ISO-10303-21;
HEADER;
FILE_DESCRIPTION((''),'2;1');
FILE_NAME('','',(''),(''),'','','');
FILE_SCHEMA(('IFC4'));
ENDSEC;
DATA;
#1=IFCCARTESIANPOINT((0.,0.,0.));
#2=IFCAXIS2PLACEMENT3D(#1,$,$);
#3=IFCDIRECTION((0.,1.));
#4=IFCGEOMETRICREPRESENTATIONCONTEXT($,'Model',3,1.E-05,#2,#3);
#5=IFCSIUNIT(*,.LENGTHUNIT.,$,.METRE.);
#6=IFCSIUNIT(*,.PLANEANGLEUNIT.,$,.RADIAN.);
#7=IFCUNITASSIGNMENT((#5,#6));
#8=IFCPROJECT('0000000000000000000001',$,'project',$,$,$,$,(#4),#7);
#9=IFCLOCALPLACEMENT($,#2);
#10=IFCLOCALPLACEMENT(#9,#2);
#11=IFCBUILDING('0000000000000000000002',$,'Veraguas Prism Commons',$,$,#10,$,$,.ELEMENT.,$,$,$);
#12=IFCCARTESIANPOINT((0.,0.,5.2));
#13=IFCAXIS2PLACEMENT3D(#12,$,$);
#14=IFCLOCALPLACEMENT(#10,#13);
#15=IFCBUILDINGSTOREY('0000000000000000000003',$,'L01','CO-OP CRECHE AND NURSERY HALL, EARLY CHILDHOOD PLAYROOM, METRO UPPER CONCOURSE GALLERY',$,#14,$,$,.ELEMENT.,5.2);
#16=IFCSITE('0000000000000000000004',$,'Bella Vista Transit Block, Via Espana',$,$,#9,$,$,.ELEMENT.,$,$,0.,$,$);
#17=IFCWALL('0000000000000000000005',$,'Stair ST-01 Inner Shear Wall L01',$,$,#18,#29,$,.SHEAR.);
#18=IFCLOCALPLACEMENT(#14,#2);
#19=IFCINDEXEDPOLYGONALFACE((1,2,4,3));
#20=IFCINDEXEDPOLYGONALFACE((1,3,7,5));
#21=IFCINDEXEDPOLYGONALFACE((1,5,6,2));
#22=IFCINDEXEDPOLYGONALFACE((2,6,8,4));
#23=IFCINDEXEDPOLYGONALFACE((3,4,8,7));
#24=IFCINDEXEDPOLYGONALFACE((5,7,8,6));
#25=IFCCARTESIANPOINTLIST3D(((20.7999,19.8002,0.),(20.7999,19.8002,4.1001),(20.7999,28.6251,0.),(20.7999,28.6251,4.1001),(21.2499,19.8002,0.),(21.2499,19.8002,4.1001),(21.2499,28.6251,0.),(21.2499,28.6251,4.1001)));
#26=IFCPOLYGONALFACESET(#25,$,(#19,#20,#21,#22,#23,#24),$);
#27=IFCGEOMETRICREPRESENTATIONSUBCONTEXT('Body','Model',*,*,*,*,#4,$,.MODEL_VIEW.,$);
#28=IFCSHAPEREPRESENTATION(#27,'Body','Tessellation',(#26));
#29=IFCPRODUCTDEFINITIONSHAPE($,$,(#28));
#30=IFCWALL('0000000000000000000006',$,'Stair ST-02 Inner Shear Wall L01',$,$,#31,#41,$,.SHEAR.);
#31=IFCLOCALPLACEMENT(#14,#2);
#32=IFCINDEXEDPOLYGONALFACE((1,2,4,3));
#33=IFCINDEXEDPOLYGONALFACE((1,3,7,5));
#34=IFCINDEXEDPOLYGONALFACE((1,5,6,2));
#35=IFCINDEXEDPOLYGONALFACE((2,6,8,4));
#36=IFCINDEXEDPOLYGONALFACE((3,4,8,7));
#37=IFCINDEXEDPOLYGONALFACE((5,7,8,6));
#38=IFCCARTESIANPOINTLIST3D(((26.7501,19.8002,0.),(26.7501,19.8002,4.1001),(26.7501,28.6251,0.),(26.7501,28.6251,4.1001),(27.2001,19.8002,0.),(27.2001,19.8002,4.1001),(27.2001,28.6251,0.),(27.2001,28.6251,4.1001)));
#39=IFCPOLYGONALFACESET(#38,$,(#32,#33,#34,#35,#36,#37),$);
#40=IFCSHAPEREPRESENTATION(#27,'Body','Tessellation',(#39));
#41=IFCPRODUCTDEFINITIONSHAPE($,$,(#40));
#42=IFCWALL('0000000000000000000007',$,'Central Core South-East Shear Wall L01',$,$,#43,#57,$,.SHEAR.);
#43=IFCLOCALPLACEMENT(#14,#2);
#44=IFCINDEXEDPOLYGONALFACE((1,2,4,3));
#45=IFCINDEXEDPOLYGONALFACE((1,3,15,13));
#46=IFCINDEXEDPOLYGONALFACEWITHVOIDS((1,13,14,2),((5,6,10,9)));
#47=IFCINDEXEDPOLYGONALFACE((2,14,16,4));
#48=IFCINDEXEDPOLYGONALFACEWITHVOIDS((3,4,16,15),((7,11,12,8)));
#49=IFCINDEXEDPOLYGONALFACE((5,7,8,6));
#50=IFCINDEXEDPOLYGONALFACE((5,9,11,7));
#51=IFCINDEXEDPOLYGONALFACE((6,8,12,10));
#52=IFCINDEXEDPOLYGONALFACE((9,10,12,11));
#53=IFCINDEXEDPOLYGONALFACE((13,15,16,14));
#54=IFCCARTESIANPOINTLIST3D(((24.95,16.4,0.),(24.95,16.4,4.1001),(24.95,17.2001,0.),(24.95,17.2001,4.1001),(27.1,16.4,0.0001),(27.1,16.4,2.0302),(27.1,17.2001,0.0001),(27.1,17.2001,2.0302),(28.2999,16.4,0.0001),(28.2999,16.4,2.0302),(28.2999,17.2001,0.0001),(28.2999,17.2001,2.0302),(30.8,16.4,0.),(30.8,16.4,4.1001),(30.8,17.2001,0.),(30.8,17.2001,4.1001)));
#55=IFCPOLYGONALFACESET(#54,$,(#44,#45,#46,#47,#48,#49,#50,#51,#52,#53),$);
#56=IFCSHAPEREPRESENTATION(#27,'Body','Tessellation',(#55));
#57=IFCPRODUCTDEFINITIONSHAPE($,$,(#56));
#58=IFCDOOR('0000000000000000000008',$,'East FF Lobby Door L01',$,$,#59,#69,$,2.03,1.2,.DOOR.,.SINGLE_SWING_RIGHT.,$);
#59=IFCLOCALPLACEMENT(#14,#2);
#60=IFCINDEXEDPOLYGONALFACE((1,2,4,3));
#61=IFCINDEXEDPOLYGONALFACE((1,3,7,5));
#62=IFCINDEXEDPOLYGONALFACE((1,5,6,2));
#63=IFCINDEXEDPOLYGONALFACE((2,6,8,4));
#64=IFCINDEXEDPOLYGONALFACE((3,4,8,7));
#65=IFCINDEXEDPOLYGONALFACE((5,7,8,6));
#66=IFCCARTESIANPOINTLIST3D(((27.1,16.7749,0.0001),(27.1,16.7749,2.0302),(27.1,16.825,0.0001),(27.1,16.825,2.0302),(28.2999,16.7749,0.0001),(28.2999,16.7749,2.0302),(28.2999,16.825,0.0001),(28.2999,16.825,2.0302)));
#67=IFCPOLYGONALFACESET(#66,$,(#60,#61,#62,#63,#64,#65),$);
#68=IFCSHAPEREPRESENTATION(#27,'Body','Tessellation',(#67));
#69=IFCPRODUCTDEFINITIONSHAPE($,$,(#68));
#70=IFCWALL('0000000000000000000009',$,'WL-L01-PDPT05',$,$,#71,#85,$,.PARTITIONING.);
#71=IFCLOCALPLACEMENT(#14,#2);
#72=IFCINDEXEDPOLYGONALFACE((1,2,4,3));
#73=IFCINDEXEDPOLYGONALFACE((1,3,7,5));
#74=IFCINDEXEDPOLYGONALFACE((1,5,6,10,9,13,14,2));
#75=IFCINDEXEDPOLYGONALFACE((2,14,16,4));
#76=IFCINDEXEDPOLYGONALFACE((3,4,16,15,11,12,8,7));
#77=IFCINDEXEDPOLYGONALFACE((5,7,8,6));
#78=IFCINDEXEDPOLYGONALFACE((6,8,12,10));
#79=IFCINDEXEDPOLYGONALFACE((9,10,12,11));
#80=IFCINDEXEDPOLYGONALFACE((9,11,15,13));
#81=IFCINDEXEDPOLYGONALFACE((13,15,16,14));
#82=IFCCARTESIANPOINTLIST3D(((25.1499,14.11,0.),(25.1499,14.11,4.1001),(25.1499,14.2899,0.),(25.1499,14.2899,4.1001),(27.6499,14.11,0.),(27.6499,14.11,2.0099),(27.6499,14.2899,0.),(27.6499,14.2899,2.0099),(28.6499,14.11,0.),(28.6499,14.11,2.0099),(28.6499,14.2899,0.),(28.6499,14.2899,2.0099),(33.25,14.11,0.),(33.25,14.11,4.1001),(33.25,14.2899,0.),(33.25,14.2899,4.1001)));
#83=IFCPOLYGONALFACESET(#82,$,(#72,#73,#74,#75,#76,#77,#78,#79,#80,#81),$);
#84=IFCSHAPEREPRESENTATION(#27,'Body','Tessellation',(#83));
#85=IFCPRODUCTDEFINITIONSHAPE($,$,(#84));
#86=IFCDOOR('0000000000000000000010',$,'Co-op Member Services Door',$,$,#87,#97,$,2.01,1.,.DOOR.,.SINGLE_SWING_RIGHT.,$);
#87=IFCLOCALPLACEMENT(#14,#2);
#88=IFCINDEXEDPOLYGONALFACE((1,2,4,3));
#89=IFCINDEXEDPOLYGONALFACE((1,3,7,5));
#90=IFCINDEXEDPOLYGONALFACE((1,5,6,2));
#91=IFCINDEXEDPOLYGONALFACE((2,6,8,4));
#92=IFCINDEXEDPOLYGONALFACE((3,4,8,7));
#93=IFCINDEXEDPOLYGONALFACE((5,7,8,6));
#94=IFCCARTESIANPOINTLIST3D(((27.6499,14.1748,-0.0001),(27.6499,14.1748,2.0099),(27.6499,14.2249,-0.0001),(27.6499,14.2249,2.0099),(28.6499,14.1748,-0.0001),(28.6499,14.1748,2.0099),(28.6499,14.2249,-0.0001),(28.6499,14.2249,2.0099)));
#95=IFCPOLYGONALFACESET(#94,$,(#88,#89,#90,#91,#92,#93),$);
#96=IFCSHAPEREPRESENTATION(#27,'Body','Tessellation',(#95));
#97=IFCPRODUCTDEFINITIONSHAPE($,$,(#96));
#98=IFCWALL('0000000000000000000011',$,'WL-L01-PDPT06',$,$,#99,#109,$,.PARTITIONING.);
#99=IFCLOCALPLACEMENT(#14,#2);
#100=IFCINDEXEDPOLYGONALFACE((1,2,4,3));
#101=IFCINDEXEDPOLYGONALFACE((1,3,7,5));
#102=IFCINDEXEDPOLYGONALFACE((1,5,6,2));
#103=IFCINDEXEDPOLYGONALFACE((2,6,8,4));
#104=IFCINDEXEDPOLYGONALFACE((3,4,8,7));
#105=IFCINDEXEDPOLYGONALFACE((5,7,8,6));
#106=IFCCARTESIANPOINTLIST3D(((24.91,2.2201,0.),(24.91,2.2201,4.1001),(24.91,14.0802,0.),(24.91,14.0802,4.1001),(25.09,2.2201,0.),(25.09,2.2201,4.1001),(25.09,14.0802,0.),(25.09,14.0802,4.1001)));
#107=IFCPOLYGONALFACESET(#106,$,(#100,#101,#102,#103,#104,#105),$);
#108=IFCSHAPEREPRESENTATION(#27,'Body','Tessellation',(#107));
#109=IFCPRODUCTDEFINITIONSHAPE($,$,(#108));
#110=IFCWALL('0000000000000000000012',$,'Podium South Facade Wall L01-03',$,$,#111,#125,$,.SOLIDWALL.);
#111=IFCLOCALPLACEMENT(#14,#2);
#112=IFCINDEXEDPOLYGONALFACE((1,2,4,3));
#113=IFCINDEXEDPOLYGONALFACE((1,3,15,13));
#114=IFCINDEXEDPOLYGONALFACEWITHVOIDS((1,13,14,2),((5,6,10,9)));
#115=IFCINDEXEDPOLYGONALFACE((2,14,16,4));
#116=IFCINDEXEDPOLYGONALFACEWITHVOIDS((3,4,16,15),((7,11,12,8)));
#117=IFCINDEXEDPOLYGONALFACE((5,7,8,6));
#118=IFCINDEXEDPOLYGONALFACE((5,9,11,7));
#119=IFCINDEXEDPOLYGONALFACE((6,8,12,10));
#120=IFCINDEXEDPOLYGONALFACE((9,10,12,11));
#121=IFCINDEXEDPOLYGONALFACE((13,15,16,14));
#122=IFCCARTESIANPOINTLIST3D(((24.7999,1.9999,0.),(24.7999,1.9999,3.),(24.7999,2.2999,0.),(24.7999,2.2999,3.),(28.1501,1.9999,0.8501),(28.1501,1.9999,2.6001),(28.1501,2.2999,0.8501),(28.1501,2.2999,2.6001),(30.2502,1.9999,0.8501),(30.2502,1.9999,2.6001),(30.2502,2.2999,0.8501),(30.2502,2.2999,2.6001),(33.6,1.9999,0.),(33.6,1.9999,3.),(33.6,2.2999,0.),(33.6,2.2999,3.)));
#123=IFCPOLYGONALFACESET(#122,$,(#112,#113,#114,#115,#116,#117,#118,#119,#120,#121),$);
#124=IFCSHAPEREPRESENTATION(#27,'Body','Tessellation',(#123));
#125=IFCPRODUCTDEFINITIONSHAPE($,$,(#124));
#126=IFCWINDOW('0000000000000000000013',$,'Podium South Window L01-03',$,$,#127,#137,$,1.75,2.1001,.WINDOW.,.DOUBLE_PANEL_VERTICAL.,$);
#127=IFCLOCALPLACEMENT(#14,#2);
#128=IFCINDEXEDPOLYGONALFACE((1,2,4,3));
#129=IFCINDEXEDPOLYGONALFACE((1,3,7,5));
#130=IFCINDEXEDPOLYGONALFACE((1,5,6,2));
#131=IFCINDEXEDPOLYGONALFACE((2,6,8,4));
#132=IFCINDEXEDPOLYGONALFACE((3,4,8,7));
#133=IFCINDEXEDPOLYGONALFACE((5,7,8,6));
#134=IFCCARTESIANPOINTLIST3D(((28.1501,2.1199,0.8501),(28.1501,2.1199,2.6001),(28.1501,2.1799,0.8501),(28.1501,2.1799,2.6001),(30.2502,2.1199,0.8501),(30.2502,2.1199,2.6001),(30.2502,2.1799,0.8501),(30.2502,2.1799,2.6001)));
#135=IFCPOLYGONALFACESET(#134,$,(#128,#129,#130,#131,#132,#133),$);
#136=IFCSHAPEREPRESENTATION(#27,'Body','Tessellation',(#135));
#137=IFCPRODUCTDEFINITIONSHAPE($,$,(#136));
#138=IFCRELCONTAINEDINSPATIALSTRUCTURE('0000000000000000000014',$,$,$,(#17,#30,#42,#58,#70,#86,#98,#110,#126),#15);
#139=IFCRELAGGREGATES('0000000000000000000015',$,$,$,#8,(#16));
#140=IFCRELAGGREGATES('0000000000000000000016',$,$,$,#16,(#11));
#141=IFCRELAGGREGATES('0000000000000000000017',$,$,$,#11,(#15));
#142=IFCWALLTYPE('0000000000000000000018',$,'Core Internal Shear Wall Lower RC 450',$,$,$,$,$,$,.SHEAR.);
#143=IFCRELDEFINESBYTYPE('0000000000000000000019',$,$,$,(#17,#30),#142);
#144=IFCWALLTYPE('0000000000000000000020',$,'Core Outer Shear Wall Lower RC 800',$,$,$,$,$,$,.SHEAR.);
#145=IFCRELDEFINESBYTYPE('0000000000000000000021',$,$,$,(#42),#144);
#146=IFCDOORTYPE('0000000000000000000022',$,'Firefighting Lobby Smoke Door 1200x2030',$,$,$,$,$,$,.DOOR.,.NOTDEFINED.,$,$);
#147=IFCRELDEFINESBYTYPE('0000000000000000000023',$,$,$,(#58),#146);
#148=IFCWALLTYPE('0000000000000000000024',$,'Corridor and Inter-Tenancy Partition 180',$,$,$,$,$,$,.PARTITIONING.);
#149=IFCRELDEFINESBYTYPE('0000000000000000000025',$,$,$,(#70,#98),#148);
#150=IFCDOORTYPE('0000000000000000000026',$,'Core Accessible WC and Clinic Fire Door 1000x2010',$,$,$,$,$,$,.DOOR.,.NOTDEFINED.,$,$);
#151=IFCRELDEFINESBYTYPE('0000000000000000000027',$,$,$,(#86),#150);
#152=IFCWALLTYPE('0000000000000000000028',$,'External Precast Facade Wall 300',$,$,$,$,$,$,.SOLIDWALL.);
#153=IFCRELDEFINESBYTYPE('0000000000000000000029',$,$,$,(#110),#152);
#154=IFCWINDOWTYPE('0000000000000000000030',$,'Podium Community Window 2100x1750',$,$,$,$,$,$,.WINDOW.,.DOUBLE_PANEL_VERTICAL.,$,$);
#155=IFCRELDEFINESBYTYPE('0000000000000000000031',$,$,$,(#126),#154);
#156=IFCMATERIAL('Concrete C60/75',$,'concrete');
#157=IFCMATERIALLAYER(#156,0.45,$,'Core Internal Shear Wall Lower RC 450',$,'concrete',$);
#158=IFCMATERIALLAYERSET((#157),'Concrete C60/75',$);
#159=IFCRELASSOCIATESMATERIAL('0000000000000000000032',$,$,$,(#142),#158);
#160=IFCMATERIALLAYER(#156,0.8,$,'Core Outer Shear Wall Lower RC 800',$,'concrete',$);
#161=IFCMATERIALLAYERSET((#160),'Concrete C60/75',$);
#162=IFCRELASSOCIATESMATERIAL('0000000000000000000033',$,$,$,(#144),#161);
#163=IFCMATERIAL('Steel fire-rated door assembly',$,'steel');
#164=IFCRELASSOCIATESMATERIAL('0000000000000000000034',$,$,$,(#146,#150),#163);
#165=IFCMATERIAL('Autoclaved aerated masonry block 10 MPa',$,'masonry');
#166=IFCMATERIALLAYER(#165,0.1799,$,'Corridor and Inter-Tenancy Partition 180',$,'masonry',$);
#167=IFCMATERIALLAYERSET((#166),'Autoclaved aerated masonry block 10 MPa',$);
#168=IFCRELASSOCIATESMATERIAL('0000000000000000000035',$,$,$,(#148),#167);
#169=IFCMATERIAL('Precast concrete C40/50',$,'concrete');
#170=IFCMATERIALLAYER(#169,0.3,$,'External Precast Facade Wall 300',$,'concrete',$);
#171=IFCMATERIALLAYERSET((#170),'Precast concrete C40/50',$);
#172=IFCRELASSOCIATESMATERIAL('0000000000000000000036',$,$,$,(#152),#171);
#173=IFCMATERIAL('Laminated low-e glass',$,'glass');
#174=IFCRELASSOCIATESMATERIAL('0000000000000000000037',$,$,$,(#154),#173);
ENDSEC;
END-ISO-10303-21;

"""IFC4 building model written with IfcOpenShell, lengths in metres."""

from ifc_helpers import new_model, si_unit, direction, frame, frame_2d, origin, place, context, subcontext, project, spatial, rectangle, extrude, source, transform, mapped, material, layer, layer_set, type_object, element, fill, save


model = new_model("IFC4")

# Units and contexts
model_context = context("Model", 3, precision=1e-05, world=origin(), true_north=direction((0.0, 1.0)))
body_context = subcontext(model_context, "Body", "Model", "MODEL_VIEW")
ifc_project = project(units=[si_unit("LENGTHUNIT", "METRE"), si_unit("PLANEANGLEUNIT", "RADIAN")], contexts=[model_context])

# Site, building, storey
site_placement = place(None, origin())
site = spatial("IfcSite", under=ifc_project, at=site_placement, Name="Bella Vista Transit Block, Via Espana", CompositionType="ELEMENT", RefElevation=0.0)
building_placement = place(site_placement, origin())
building = spatial("IfcBuilding", under=site, at=building_placement, Name="Veraguas Prism Commons", CompositionType="ELEMENT")
storey_placement = place(building_placement, frame((0.0, 0.0, 5.2)))
storey = spatial("IfcBuildingStorey", under=building, at=storey_placement, Name="L01", Description="CO-OP CRECHE AND NURSERY HALL, EARLY CHILDHOOD PLAYROOM, METRO UPPER CONCOURSE GALLERY", CompositionType="ELEMENT", Elevation=5.2)

# Shared definitions
ifc_material_1 = material(Name="Concrete C60/75", Category="concrete")

# Shared definitions
ifc_layer_1 = layer(ifc_material_1, 0.45, Name="Core Internal Shear Wall Lower RC 450", Category="concrete")
ifc_layer_set_1 = layer_set([ifc_layer_1], Name="Concrete C60/75")
wall_type_1 = type_object("IfcWallType", Name="Core Internal Shear Wall Lower RC 450", PredefinedType="SHEAR", material=ifc_layer_set_1)
ifc_material_2 = material(Name="Steel fire-rated door assembly", Category="steel")

# Walls
for number, where, z_axis, x_axis, name in (
    (1, (21.0249, 19.8, 0.0), (0.0, 0.0, 1.0), (0.0, 1.0, 0.0), "Stair ST-01 Inner Shear Wall L01"),
    (2, (26.9751, 19.8, 0.0), (0.0, 0.0, 1.0), (0.0, 1.0, 0.0), "Stair ST-02 Inner Shear Wall L01"),
):
    element("IfcWall", number, at=place(storey_placement, frame(where, z_axis=z_axis, x_axis=x_axis)), inside=storey, type_object=wall_type_1, Name=name, PredefinedType="SHEAR", context=body_context, shape_type="SweptSolid", body=[
        extrude(rectangle(XDim=8.825, YDim=0.45, at=frame_2d((4.4126, 0.0))), origin(), (0.0, 0.0, 1.0), 4.1001),
    ])

# Walls, openings, doors
ifc_layer_2 = layer(ifc_material_1, 0.8, Name="Core Outer Shear Wall Lower RC 800", Category="concrete")
ifc_layer_set_2 = layer_set([ifc_layer_2], Name="Concrete C60/75")
wall_type_2 = type_object("IfcWallType", Name="Core Outer Shear Wall Lower RC 800", PredefinedType="SHEAR", material=ifc_layer_set_2)
wall_1_placement = place(storey_placement, frame((24.95, 16.8, 0.0), z_axis=(0.0, 0.0, 1.0), x_axis=(1.0, 0.0, 0.0)))
wall_1 = element("IfcWall", 3, at=wall_1_placement, inside=storey, type_object=wall_type_2, Name="Central Core South-East Shear Wall L01", PredefinedType="SHEAR", context=body_context, shape_type="SweptSolid", body=[
    extrude(rectangle(XDim=5.8501, YDim=0.8, at=frame_2d((2.925, 0.0))), origin(), (0.0, 0.0, 1.0), 4.1001),
])
opening_1_placement = place(wall_1_placement, frame((2.1499, 0.0, 0.0)))
opening_1 = element("IfcOpeningElement", 4, at=opening_1_placement, cuts=wall_1, PredefinedType="OPENING", context=body_context, shape_type="SweptSolid", body=[
    extrude(rectangle(XDim=1.2, YDim=2.03, at=frame_2d((0.6001, 1.0151))), frame((0.0, 0.4099, 0.0), z_axis=(0.0, -1.0, 0.0), x_axis=(1.0, 0.0, 0.0)), (0.0, 0.0, 1.0), 0.8201),
])
door_type_1 = type_object("IfcDoorType", Name="Firefighting Lobby Smoke Door 1200x2030", OperationType="NOTDEFINED", PredefinedType="DOOR", material=ifc_material_2)
shared_shape_1 = source(origin(), body_context, "Body", "SweptSolid", [
    extrude(rectangle(XDim=1.2, YDim=2.03, at=frame_2d((0.6001, 1.0151))), frame((0.0, 0.0249, 0.0), z_axis=(0.0, -1.0, 0.0), x_axis=(1.0, 0.0, 0.0)), (0.0, 0.0, 1.0), 0.05),
])
door_1_placement = place(opening_1_placement, origin())
door_1 = element("IfcDoor", 5, at=door_1_placement, inside=storey, type_object=door_type_1, Name="East FF Lobby Door L01", OperationType="SINGLE_SWING_RIGHT", OverallHeight=2.03, OverallWidth=1.2, PredefinedType="DOOR", context=body_context, shape_type="MappedRepresentation", body=[
    mapped(shared_shape_1, transform((0.0, 0.0, 0.0), scale=1.0)),
])
fill(opening_1, door_1)
ifc_material_3 = material(Name="Autoclaved aerated masonry block 10 MPa", Category="masonry")
ifc_layer_3 = layer(ifc_material_3, 0.1799, Name="Corridor and Inter-Tenancy Partition 180", Category="masonry")
ifc_layer_set_3 = layer_set([ifc_layer_3], Name="Autoclaved aerated masonry block 10 MPa")
wall_type_3 = type_object("IfcWallType", Name="Corridor and Inter-Tenancy Partition 180", PredefinedType="PARTITIONING", material=ifc_layer_set_3)
wall_2_placement = place(storey_placement, frame((25.1499, 14.2, 0.0), z_axis=(0.0, 0.0, 1.0), x_axis=(1.0, 0.0, 0.0)))
wall_2 = element("IfcWall", 6, at=wall_2_placement, inside=storey, type_object=wall_type_3, Name="WL-L01-PDPT05", PredefinedType="PARTITIONING", context=body_context, shape_type="SweptSolid", body=[
    extrude(rectangle(XDim=8.1001, YDim=0.1799, at=frame_2d((4.05, 0.0))), origin(), (0.0, 0.0, 1.0), 4.1001),
])
opening_2_placement = place(wall_2_placement, frame((2.5, 0.0, 0.0)))
opening_2 = element("IfcOpeningElement", 7, at=opening_2_placement, cuts=wall_2, PredefinedType="OPENING", context=body_context, shape_type="SweptSolid", body=[
    extrude(rectangle(XDim=1.0, YDim=2.01, at=frame_2d((0.5, 1.0049))), frame((0.0, 0.0999, 0.0), z_axis=(0.0, -1.0, 0.0), x_axis=(1.0, 0.0, 0.0)), (0.0, 0.0, 1.0), 0.2),
])
door_type_2 = type_object("IfcDoorType", Name="Core Accessible WC and Clinic Fire Door 1000x2010", OperationType="NOTDEFINED", PredefinedType="DOOR", material=ifc_material_2)
shared_shape_2 = source(origin(), body_context, "Body", "SweptSolid", [
    extrude(rectangle(XDim=1.0, YDim=2.01, at=frame_2d((0.5, 1.0049))), frame((0.0, 0.0249, 0.0), z_axis=(0.0, -1.0, 0.0), x_axis=(1.0, 0.0, 0.0)), (0.0, 0.0, 1.0), 0.05),
])
door_2_placement = place(opening_2_placement, origin())
door_2 = element("IfcDoor", 8, at=door_2_placement, inside=storey, type_object=door_type_2, Name="Co-op Member Services Door", OperationType="SINGLE_SWING_RIGHT", OverallHeight=2.01, OverallWidth=1.0, PredefinedType="DOOR", context=body_context, shape_type="MappedRepresentation", body=[
    mapped(shared_shape_2, transform((0.0, 0.0, 0.0), scale=1.0)),
])
fill(opening_2, door_2)

# Wall
wall_3_placement = place(storey_placement, frame((25.0, 2.22, 0.0), z_axis=(0.0, 0.0, 1.0), x_axis=(0.0, 1.0, 0.0)))
element("IfcWall", 9, at=wall_3_placement, inside=storey, type_object=wall_type_3, Name="WL-L01-PDPT06", PredefinedType="PARTITIONING", context=body_context, shape_type="SweptSolid", body=[
    extrude(rectangle(XDim=11.8601, YDim=0.1799, at=frame_2d((5.9302, 0.0))), origin(), (0.0, 0.0, 1.0), 4.1001),
])

# Wall, opening, window
ifc_material_4 = material(Name="Precast concrete C40/50", Category="concrete")
ifc_layer_4 = layer(ifc_material_4, 0.3, Name="External Precast Facade Wall 300", Category="concrete")
ifc_layer_set_4 = layer_set([ifc_layer_4], Name="Precast concrete C40/50")
wall_type_4 = type_object("IfcWallType", Name="External Precast Facade Wall 300", PredefinedType="SOLIDWALL", material=ifc_layer_set_4)
wall_4_placement = place(storey_placement, frame((24.8, 2.1499, 0.0), z_axis=(0.0, 0.0, 1.0), x_axis=(1.0, 0.0, 0.0)))
wall_4 = element("IfcWall", 10, at=wall_4_placement, inside=storey, type_object=wall_type_4, Name="Podium South Facade Wall L01-03", PredefinedType="SOLIDWALL", context=body_context, shape_type="SweptSolid", body=[
    extrude(rectangle(XDim=8.8, YDim=0.3, at=frame_2d((4.3999, 0.0))), origin(), (0.0, 0.0, 1.0), 3.0),
])
opening_3_placement = place(wall_4_placement, frame((3.3501, 0.0, 0.8501)))
opening_3 = element("IfcOpeningElement", 11, at=opening_3_placement, cuts=wall_4, PredefinedType="OPENING", context=body_context, shape_type="SweptSolid", body=[
    extrude(rectangle(XDim=2.1001, YDim=1.75, at=frame_2d((1.05, 0.875))), frame((0.0, 0.1599, 0.0), z_axis=(0.0, -1.0, 0.0), x_axis=(1.0, 0.0, 0.0)), (0.0, 0.0, 1.0), 0.3201),
])
ifc_material_5 = material(Name="Laminated low-e glass", Category="glass")
window_type = type_object("IfcWindowType", Name="Podium Community Window 2100x1750", PartitioningType="DOUBLE_PANEL_VERTICAL", PredefinedType="WINDOW", material=ifc_material_5)
shared_shape_3 = source(origin(), body_context, "Body", "SweptSolid", [
    extrude(rectangle(XDim=2.1001, YDim=1.75, at=frame_2d((1.05, 0.875))), frame((0.0, 0.03, 0.0), z_axis=(0.0, -1.0, 0.0), x_axis=(1.0, 0.0, 0.0)), (0.0, 0.0, 1.0), 0.0601),
])
window_placement = place(opening_3_placement, origin())
window = element("IfcWindow", 12, at=window_placement, inside=storey, type_object=window_type, Name="Podium South Window L01-03", OverallHeight=1.75, OverallWidth=2.1001, PartitioningType="DOUBLE_PANEL_VERTICAL", PredefinedType="WINDOW", context=body_context, shape_type="MappedRepresentation", body=[
    mapped(shared_shape_3, transform((0.0, 0.0, 0.0), scale=1.0)),
])
fill(opening_3, window)

save(model, "model.ifc")
